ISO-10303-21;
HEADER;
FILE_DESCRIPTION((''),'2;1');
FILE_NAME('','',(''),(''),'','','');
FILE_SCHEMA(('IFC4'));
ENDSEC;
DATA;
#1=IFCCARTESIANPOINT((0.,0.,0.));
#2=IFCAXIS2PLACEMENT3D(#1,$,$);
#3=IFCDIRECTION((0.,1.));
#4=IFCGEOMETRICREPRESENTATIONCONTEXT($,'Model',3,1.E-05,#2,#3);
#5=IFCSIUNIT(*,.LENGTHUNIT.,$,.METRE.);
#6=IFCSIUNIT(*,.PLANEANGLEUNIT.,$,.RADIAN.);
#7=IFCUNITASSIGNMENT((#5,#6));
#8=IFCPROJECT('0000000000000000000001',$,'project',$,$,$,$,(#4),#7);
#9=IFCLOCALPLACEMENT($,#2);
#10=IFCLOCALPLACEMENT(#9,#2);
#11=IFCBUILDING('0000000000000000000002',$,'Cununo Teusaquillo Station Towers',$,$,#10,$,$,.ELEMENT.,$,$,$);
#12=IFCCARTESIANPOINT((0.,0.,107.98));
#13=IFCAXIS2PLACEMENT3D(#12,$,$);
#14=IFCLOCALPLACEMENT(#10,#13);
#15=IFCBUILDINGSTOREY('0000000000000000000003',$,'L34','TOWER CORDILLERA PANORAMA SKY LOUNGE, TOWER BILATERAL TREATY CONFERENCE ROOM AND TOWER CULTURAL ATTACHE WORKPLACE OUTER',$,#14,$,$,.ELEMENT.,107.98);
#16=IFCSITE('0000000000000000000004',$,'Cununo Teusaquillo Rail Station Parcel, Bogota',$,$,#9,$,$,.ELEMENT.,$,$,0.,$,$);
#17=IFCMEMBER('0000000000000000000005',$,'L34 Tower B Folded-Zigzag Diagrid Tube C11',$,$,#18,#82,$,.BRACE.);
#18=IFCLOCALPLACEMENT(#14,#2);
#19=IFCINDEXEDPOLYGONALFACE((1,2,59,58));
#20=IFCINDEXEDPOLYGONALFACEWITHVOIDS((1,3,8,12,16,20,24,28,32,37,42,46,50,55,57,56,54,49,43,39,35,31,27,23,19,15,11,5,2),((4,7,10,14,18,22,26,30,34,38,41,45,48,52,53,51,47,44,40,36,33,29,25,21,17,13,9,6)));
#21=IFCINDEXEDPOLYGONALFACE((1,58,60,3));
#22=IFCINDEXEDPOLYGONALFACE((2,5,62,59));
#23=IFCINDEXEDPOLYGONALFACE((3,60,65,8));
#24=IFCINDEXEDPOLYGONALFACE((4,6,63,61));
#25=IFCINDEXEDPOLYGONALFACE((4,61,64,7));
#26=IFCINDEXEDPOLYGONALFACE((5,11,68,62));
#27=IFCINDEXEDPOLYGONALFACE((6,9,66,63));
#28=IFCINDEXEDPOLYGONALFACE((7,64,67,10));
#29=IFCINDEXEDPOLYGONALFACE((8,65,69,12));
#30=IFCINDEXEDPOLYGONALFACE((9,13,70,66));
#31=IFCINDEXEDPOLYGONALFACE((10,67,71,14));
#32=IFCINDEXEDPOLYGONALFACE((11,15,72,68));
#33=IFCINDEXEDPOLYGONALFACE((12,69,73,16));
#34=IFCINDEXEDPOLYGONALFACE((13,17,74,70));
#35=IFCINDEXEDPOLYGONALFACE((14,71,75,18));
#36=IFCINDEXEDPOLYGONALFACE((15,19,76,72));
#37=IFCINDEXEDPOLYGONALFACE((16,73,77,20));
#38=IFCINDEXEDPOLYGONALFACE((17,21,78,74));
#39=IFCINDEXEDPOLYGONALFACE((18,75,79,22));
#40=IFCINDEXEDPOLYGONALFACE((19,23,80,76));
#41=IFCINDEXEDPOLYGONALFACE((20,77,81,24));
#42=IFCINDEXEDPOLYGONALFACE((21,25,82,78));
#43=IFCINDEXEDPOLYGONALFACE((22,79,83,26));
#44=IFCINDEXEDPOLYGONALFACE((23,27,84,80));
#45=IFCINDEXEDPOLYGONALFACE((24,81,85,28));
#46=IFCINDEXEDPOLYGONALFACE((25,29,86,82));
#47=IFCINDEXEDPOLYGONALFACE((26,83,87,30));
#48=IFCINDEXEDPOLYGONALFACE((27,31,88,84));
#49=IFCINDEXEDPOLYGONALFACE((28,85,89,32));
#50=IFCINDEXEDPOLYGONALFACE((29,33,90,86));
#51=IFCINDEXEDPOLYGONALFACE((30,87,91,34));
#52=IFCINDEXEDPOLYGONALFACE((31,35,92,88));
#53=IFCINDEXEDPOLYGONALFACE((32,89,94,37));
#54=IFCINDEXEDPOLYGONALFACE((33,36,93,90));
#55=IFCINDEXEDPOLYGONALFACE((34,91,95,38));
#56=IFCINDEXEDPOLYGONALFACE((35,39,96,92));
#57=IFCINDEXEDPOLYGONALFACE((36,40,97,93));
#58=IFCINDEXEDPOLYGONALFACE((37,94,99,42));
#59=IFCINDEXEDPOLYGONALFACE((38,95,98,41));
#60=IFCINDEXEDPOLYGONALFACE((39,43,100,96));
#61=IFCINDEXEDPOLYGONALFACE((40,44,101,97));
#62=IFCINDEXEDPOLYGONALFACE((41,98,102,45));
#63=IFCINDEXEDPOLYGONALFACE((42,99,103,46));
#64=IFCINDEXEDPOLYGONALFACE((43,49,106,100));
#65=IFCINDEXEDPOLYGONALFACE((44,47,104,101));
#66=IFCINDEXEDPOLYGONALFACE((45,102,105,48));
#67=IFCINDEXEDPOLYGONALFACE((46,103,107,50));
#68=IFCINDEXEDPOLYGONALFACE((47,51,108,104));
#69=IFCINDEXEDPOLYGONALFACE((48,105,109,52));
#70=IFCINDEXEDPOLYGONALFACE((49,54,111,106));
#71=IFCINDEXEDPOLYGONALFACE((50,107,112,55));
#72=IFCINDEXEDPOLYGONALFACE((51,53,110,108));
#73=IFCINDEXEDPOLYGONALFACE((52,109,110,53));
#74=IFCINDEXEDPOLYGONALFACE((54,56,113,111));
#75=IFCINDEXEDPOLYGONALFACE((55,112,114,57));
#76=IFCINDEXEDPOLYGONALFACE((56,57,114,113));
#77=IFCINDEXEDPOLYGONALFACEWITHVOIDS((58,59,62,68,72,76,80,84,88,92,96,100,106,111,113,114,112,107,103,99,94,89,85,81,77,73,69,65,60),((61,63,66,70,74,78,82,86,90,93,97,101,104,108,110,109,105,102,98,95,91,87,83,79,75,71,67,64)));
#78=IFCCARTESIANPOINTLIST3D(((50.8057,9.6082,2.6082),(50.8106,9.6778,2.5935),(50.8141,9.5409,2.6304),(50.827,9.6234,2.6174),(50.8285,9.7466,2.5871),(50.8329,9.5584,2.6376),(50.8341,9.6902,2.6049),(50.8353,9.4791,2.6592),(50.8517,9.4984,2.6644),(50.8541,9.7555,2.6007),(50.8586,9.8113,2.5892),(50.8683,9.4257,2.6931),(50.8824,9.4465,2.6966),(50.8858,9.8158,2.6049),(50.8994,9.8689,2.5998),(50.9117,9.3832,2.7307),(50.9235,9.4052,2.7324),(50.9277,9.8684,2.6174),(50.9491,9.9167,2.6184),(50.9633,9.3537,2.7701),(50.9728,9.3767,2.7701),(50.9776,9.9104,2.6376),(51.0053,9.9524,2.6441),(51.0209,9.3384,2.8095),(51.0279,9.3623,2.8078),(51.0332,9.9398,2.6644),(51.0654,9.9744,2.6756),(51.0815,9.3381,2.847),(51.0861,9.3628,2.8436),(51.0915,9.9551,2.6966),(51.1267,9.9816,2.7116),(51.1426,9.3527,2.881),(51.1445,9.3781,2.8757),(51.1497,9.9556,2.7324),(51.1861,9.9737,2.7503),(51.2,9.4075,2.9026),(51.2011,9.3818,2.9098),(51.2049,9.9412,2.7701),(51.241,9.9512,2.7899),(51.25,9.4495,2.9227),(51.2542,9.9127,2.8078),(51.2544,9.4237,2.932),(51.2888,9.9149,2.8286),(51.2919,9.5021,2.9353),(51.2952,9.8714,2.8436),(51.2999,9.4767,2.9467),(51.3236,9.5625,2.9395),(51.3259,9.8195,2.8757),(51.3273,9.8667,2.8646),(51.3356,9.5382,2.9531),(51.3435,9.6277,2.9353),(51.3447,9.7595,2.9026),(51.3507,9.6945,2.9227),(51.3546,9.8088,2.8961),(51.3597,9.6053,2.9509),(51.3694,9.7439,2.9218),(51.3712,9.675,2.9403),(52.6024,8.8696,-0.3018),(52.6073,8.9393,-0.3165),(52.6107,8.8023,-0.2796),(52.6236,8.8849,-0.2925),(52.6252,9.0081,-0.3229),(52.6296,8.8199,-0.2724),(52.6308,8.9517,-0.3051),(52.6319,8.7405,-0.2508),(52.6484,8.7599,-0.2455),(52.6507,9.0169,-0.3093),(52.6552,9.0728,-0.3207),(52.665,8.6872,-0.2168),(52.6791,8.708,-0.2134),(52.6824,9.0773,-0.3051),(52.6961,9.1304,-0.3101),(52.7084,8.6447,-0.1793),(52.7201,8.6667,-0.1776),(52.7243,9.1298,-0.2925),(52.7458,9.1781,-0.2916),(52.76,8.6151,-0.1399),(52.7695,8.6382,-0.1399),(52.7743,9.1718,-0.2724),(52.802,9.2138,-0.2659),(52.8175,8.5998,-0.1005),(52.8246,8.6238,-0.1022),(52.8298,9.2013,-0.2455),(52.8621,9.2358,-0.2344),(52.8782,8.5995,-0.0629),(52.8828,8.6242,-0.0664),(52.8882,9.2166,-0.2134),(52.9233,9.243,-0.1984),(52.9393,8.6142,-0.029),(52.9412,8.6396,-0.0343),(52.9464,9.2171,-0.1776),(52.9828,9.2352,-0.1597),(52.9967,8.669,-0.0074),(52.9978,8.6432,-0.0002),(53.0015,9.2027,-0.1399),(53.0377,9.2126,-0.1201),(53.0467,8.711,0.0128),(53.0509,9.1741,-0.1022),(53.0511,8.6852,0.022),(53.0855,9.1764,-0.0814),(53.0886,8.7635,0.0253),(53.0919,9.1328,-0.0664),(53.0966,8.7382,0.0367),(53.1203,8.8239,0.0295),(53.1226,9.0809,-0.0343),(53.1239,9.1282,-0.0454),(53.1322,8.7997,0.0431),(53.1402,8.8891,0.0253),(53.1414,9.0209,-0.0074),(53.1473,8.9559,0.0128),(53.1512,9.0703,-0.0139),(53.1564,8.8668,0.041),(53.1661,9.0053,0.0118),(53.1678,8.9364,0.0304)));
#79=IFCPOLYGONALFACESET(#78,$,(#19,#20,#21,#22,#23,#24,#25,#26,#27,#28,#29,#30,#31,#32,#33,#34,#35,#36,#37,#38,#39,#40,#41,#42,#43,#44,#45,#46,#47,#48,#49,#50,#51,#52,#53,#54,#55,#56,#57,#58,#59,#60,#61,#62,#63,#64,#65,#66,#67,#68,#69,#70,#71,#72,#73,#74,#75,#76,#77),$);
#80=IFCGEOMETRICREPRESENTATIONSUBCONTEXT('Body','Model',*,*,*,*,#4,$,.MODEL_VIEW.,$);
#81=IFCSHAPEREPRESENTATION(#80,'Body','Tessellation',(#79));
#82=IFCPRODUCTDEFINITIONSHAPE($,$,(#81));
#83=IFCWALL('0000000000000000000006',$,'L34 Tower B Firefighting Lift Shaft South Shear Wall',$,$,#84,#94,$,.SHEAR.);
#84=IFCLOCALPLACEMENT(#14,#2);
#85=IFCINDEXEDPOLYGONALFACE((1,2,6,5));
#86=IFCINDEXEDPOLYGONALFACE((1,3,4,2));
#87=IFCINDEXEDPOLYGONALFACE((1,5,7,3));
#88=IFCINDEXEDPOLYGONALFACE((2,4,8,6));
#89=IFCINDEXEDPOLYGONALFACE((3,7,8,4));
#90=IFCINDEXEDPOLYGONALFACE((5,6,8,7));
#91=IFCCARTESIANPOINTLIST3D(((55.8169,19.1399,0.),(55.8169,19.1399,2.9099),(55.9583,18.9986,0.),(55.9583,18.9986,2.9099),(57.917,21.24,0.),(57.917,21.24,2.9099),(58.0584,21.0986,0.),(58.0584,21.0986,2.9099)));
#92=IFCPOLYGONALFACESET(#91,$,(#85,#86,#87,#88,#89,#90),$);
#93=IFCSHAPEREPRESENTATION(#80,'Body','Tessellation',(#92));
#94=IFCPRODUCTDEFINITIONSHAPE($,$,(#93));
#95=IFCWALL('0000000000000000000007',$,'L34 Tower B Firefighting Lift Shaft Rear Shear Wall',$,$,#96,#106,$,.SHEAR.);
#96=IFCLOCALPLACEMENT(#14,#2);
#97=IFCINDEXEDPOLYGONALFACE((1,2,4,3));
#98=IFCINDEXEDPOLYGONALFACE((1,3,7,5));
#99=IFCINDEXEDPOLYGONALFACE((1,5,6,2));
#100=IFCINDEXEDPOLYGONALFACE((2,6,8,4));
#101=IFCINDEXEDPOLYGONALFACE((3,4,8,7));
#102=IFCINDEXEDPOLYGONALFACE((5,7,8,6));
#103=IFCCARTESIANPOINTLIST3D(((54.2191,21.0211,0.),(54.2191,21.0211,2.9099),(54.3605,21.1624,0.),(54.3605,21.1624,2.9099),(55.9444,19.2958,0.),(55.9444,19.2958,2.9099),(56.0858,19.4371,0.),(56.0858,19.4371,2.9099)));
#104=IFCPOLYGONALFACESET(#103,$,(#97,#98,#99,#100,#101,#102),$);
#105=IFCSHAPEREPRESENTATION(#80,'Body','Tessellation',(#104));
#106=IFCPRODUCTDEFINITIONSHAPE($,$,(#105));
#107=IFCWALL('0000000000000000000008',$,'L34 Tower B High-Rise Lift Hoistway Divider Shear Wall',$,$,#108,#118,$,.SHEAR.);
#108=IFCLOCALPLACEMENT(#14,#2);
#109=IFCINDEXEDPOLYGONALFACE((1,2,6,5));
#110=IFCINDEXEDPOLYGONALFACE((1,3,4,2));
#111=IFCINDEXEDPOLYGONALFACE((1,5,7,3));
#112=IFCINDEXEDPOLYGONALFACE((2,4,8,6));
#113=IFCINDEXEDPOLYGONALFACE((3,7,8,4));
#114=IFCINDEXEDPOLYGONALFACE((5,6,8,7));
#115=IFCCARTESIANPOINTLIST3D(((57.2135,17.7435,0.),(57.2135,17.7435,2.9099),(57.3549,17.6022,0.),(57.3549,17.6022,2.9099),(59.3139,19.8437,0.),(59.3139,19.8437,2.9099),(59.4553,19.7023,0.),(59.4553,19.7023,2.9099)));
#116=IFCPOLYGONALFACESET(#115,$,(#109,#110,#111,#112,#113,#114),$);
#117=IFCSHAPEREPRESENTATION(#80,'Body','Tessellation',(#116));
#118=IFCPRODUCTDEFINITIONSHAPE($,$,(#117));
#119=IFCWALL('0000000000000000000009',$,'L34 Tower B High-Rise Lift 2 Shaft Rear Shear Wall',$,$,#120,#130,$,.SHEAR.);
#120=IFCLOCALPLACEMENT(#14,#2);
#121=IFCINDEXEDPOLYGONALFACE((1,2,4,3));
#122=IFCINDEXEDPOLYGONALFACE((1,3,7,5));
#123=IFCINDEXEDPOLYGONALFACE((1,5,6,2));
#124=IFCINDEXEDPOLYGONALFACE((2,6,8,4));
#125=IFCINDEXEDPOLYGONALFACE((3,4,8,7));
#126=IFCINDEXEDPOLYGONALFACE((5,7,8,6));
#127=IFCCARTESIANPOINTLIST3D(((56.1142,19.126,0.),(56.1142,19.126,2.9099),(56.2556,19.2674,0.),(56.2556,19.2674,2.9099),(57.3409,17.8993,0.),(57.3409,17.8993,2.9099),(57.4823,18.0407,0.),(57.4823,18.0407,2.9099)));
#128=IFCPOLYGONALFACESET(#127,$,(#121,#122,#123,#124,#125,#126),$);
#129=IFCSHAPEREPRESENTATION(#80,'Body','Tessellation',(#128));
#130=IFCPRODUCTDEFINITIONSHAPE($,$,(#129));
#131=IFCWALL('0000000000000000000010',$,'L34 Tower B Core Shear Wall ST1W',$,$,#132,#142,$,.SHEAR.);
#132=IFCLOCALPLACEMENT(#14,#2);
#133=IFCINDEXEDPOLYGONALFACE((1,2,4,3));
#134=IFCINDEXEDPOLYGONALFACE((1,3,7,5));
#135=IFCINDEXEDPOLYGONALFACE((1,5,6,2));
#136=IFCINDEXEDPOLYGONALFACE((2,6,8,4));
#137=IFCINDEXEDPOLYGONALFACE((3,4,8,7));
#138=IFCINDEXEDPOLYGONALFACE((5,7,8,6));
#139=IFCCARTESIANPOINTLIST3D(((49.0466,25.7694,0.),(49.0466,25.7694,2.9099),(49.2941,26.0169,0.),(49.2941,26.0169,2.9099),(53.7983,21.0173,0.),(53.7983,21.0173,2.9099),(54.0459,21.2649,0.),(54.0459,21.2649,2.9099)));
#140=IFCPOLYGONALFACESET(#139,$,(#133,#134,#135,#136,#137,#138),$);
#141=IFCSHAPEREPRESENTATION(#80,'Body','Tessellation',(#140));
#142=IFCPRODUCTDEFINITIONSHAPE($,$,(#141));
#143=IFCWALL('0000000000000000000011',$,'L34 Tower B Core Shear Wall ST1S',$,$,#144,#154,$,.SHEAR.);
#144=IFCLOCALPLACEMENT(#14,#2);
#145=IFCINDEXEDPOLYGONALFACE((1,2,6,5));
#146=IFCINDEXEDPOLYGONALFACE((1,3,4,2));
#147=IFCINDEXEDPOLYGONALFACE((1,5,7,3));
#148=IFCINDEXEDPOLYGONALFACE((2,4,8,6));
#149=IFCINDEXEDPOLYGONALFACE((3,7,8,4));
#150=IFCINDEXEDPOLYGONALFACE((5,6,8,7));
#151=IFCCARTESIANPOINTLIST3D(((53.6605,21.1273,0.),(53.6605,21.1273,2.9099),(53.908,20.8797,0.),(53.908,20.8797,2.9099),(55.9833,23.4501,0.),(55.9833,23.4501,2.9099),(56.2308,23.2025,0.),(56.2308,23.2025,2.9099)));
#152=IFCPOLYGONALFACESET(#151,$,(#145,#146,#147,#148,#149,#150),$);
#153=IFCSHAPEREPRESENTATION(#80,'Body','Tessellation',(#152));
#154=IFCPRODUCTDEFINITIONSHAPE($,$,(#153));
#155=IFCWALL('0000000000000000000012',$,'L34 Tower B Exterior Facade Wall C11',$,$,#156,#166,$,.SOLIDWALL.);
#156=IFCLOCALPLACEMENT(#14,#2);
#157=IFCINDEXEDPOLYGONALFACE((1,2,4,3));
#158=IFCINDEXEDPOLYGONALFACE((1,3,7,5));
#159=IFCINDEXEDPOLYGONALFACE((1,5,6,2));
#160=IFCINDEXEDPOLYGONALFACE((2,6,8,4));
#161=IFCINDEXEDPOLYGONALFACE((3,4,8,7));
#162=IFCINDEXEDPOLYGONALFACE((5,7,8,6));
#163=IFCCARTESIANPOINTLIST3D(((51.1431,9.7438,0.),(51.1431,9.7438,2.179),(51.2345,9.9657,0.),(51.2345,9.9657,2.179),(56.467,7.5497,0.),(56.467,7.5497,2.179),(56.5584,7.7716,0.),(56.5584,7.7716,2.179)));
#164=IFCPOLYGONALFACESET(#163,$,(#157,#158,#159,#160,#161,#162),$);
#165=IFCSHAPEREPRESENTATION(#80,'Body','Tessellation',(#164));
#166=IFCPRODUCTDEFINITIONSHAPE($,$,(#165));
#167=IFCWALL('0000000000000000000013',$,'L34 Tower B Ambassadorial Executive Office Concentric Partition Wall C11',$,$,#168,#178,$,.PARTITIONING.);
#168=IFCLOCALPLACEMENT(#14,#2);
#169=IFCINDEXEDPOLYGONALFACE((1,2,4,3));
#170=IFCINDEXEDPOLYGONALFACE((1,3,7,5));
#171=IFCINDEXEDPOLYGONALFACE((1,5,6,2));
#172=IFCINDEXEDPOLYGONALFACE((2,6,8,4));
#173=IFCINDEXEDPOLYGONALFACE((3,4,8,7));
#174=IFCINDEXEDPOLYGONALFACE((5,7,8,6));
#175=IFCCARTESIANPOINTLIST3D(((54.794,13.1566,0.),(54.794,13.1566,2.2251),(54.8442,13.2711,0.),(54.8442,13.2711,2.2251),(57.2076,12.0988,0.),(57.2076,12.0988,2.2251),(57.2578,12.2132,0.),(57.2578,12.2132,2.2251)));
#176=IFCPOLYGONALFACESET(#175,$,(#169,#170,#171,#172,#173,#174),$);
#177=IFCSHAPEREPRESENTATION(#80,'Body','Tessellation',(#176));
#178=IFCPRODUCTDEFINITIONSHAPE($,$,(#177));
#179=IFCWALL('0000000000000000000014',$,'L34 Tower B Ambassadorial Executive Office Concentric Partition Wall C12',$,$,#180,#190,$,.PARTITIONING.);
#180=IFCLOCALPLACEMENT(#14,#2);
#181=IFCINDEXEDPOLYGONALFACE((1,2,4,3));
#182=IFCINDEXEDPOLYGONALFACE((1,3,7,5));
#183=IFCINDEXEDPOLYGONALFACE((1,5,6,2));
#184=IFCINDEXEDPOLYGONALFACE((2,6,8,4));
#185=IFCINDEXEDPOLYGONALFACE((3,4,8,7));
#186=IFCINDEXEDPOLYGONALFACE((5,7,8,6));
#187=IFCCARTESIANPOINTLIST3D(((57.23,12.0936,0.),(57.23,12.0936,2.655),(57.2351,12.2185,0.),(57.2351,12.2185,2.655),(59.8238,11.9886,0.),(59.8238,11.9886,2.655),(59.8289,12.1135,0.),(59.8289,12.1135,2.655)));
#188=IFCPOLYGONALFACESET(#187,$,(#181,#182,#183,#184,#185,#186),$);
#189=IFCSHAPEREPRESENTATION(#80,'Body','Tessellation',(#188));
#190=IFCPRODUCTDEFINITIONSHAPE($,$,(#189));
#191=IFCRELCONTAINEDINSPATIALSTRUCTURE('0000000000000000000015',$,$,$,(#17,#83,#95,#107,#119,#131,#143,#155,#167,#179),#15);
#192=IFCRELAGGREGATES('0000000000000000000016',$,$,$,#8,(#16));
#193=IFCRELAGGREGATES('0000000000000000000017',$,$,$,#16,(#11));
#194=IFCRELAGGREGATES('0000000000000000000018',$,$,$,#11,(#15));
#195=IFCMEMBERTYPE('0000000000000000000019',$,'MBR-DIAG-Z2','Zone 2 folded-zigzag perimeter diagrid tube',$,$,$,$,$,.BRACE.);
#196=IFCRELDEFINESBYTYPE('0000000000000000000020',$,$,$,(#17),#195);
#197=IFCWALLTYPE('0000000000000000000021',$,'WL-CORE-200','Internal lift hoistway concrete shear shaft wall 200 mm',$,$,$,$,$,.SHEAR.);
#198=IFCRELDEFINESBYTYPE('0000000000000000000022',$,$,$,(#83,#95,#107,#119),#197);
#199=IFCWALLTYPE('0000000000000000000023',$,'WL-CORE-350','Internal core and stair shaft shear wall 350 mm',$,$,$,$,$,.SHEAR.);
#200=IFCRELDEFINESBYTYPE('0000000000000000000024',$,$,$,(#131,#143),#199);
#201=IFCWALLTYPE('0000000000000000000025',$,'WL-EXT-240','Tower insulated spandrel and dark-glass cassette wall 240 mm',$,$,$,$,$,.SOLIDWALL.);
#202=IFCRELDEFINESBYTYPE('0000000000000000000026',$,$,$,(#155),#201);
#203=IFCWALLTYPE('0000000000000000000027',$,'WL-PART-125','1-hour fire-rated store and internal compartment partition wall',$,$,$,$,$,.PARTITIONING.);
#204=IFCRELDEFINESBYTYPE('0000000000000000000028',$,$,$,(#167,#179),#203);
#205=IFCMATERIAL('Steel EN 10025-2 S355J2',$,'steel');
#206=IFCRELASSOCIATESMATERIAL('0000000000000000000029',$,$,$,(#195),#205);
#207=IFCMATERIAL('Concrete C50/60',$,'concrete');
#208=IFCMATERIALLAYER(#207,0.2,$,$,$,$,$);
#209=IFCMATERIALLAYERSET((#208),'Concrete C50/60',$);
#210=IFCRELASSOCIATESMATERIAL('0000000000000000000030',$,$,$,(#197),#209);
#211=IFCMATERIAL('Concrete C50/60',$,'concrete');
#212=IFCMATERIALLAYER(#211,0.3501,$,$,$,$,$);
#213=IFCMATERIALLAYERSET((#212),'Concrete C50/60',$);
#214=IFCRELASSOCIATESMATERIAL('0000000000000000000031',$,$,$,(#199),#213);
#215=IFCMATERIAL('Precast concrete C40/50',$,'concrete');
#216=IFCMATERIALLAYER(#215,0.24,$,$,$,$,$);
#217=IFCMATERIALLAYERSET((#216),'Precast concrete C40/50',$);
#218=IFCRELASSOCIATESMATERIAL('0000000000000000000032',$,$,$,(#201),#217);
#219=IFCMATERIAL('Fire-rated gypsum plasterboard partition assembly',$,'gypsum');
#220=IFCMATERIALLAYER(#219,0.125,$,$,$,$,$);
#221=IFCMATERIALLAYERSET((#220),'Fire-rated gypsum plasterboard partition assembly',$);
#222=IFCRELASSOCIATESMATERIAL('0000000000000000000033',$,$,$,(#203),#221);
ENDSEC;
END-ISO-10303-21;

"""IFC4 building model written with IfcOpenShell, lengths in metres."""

from ifc_helpers import new_model, si_unit, direction, frame, frame_2d, origin, origin_2d, place, context, subcontext, project, spatial, rectangle, hollow_circle, extrude, material, layer, layer_set, material_profile, profile_set, type_object, element, save


model = new_model("IFC4")

# Units and contexts
model_context = context("Model", 3, precision=1e-05, world=origin(), true_north=direction((0.0, 1.0)))
body_context = subcontext(model_context, "Body", "Model", "MODEL_VIEW")
ifc_project = project(units=[si_unit("LENGTHUNIT", "METRE"), si_unit("PLANEANGLEUNIT", "RADIAN")], contexts=[model_context])

# Site, building, storey
site_placement = place(None, origin())
site = spatial("IfcSite", under=ifc_project, at=site_placement, Name="Cununo Teusaquillo Rail Station Parcel, Bogota", CompositionType="ELEMENT", RefElevation=0.0)
building_placement = place(site_placement, origin())
building = spatial("IfcBuilding", under=site, at=building_placement, Name="Cununo Teusaquillo Station Towers", CompositionType="ELEMENT")
storey_placement = place(building_placement, frame((0.0, 0.0, 107.98)))
storey = spatial("IfcBuildingStorey", under=building, at=storey_placement, Name="L34", Description="TOWER CORDILLERA PANORAMA SKY LOUNGE, TOWER BILATERAL TREATY CONFERENCE ROOM AND TOWER CULTURAL ATTACHE WORKPLACE OUTER", CompositionType="ELEMENT", Elevation=107.98)

# Member
ifc_material_1 = material(Name="Steel EN 10025-2 S355J2", Category="steel")
ifc_material_profile_1 = material_profile(ifc_material_1, hollow_circle(Radius=0.3301, WallThickness=0.0249, at=origin_2d()), Name="CHS 660x25")
ifc_profile_set_1 = profile_set([ifc_material_profile_1], Name="Steel EN 10025-2 S355J2")
member_type = type_object("IfcMemberType", Name="MBR-DIAG-Z2", Description="Zone 2 folded-zigzag perimeter diagrid tube", PredefinedType="BRACE", material=ifc_profile_set_1)
member_placement = place(storey_placement, frame((52.8855, 8.9204, -0.1399), z_axis=(-0.513514, 0.211086, 0.831713), x_axis=(-0.380193, -0.924907, 0.0)))
element("IfcMember", 1, at=member_placement, inside=storey, type_object=member_type, Name="L34 Tower B Folded-Zigzag Diagrid Tube C11", PredefinedType="BRACE", context=body_context, shape_type="SweptSolid", body=[
    extrude(hollow_circle(Radius=0.3301, WallThickness=0.0249, at=origin_2d()), origin(), (0.0, 0.0, 1.0), 3.4988),
])

# Walls
ifc_material_2 = material(Name="Concrete C50/60", Category="concrete")
ifc_layer_1 = layer(ifc_material_2, 0.2)
ifc_layer_set_1 = layer_set([ifc_layer_1], Name="Concrete C50/60")
wall_type_1 = type_object("IfcWallType", Name="WL-CORE-200", Description="Internal lift hoistway concrete shear shaft wall 200 mm", PredefinedType="SHEAR", material=ifc_layer_set_1)
wall_1_placement = place(storey_placement, frame((55.8877, 19.0693, 0.0), z_axis=(0.0, 0.0, 1.0), x_axis=(0.707107, 0.707107, 0.0)))
element("IfcWall", 2, at=wall_1_placement, inside=storey, type_object=wall_type_1, Name="L34 Tower B Firefighting Lift Shaft South Shear Wall", PredefinedType="SHEAR", context=body_context, shape_type="SweptSolid", body=[
    extrude(rectangle(XDim=2.97, YDim=0.2, at=frame_2d((1.4849, 0.0))), origin(), (0.0, 0.0, 1.0), 2.9099),
])
wall_2_placement = place(storey_placement, frame((56.0151, 19.3665, 0.0), z_axis=(0.0, 0.0, 1.0), x_axis=(-0.707107, 0.707107, 0.0)))
element("IfcWall", 3, at=wall_2_placement, inside=storey, type_object=wall_type_1, Name="L34 Tower B Firefighting Lift Shaft Rear Shear Wall", PredefinedType="SHEAR", context=body_context, shape_type="SweptSolid", body=[
    extrude(rectangle(XDim=2.4399, YDim=0.2, at=frame_2d((1.22, 0.0))), origin(), (0.0, 0.0, 1.0), 2.9099),
])
wall_3_placement = place(storey_placement, frame((57.2842, 17.6729, 0.0), z_axis=(0.0, 0.0, 1.0), x_axis=(0.707148, 0.707066, 0.0)))
element("IfcWall", 4, at=wall_3_placement, inside=storey, type_object=wall_type_1, Name="L34 Tower B High-Rise Lift Hoistway Divider Shear Wall", PredefinedType="SHEAR", context=body_context, shape_type="SweptSolid", body=[
    extrude(rectangle(XDim=2.9702, YDim=0.2, at=frame_2d((1.4851, 0.0))), origin(), (0.0, 0.0, 1.0), 2.9099),
])
wall_4_placement = place(storey_placement, frame((57.4116, 17.97, 0.0), z_axis=(0.0, 0.0, 1.0), x_axis=(-0.707107, 0.707107, 0.0)))
element("IfcWall", 5, at=wall_4_placement, inside=storey, type_object=wall_type_1, Name="L34 Tower B High-Rise Lift 2 Shaft Rear Shear Wall", PredefinedType="SHEAR", context=body_context, shape_type="SweptSolid", body=[
    extrude(rectangle(XDim=1.7349, YDim=0.2, at=frame_2d((0.8674, 0.0))), origin(), (0.0, 0.0, 1.0), 2.9099),
])
ifc_material_3 = material(Name="Concrete C50/60", Category="concrete")
ifc_layer_2 = layer(ifc_material_3, 0.3501)
ifc_layer_set_2 = layer_set([ifc_layer_2], Name="Concrete C50/60")
wall_type_2 = type_object("IfcWallType", Name="WL-CORE-350", Description="Internal core and stair shaft shear wall 350 mm", PredefinedType="SHEAR", material=ifc_layer_set_2)
wall_5_placement = place(storey_placement, frame((53.9221, 21.1411, 0.0), z_axis=(0.0, 0.0, 1.0), x_axis=(-0.707089, 0.707125, 0.0)))
element("IfcWall", 6, at=wall_5_placement, inside=storey, type_object=wall_type_2, Name="L34 Tower B Core Shear Wall ST1W", PredefinedType="SHEAR", context=body_context, shape_type="SweptSolid", body=[
    extrude(rectangle(XDim=6.7202, YDim=0.3501, at=frame_2d((3.3601, 0.0))), origin(), (0.0, 0.0, 1.0), 2.9099),
])
wall_6_placement = place(storey_placement, frame((53.7842, 21.0034, 0.0), z_axis=(0.0, 0.0, 1.0), x_axis=(0.707107, 0.707107, 0.0)))
element("IfcWall", 7, at=wall_6_placement, inside=storey, type_object=wall_type_2, Name="L34 Tower B Core Shear Wall ST1S", PredefinedType="SHEAR", context=body_context, shape_type="SweptSolid", body=[
    extrude(rectangle(XDim=3.2849, YDim=0.3501, at=frame_2d((1.6426, 0.0))), origin(), (0.0, 0.0, 1.0), 2.9099),
])
ifc_material_4 = material(Name="Precast concrete C40/50", Category="concrete")
ifc_layer_3 = layer(ifc_material_4, 0.24)
ifc_layer_set_3 = layer_set([ifc_layer_3], Name="Precast concrete C40/50")
wall_type_3 = type_object("IfcWallType", Name="WL-EXT-240", Description="Tower insulated spandrel and dark-glass cassette wall 240 mm", PredefinedType="SOLIDWALL", material=ifc_layer_set_3)
wall_7_placement = place(storey_placement, frame((56.5127, 7.6606, 0.0), z_axis=(0.0, 0.0, 1.0), x_axis=(-0.924564, 0.381027, 0.0)))
element("IfcWall", 8, at=wall_7_placement, inside=storey, type_object=wall_type_3, Name="L34 Tower B Exterior Facade Wall C11", PredefinedType="SOLIDWALL", context=body_context, shape_type="SweptSolid", body=[
    extrude(rectangle(XDim=5.7583, YDim=0.24, at=frame_2d((2.8792, 0.0))), origin(), (0.0, 0.0, 1.0), 2.179),
])
ifc_material_5 = material(Name="Fire-rated gypsum plasterboard partition assembly", Category="gypsum")
ifc_layer_4 = layer(ifc_material_5, 0.125)
ifc_layer_set_4 = layer_set([ifc_layer_4], Name="Fire-rated gypsum plasterboard partition assembly")
wall_type_4 = type_object("IfcWallType", Name="WL-PART-125", Description="1-hour fire-rated store and internal compartment partition wall", PredefinedType="PARTITIONING", material=ifc_layer_set_4)
wall_8_placement = place(storey_placement, frame((54.8191, 13.2139, 0.0), z_axis=(0.0, 0.0, 1.0), x_axis=(0.915889, -0.401431, 0.0)))
element("IfcWall", 9, at=wall_8_placement, inside=storey, type_object=wall_type_4, Name="L34 Tower B Ambassadorial Executive Office Concentric Partition Wall C11", PredefinedType="PARTITIONING", context=body_context, shape_type="SweptSolid", body=[
    extrude(rectangle(XDim=2.6353, YDim=0.125, at=frame_2d((1.3176, 0.0))), origin(), (0.0, 0.0, 1.0), 2.2251),
])
wall_9_placement = place(storey_placement, frame((57.2327, 12.156, 0.0), z_axis=(0.0, 0.0, 1.0), x_axis=(0.999182, -0.040441, 0.0)))
element("IfcWall", 10, at=wall_9_placement, inside=storey, type_object=wall_type_4, Name="L34 Tower B Ambassadorial Executive Office Concentric Partition Wall C12", PredefinedType="PARTITIONING", context=body_context, shape_type="SweptSolid", body=[
    extrude(rectangle(XDim=2.5959, YDim=0.125, at=frame_2d((1.2979, 0.0))), origin(), (0.0, 0.0, 1.0), 2.655),
])

save(model, "model.ifc")
